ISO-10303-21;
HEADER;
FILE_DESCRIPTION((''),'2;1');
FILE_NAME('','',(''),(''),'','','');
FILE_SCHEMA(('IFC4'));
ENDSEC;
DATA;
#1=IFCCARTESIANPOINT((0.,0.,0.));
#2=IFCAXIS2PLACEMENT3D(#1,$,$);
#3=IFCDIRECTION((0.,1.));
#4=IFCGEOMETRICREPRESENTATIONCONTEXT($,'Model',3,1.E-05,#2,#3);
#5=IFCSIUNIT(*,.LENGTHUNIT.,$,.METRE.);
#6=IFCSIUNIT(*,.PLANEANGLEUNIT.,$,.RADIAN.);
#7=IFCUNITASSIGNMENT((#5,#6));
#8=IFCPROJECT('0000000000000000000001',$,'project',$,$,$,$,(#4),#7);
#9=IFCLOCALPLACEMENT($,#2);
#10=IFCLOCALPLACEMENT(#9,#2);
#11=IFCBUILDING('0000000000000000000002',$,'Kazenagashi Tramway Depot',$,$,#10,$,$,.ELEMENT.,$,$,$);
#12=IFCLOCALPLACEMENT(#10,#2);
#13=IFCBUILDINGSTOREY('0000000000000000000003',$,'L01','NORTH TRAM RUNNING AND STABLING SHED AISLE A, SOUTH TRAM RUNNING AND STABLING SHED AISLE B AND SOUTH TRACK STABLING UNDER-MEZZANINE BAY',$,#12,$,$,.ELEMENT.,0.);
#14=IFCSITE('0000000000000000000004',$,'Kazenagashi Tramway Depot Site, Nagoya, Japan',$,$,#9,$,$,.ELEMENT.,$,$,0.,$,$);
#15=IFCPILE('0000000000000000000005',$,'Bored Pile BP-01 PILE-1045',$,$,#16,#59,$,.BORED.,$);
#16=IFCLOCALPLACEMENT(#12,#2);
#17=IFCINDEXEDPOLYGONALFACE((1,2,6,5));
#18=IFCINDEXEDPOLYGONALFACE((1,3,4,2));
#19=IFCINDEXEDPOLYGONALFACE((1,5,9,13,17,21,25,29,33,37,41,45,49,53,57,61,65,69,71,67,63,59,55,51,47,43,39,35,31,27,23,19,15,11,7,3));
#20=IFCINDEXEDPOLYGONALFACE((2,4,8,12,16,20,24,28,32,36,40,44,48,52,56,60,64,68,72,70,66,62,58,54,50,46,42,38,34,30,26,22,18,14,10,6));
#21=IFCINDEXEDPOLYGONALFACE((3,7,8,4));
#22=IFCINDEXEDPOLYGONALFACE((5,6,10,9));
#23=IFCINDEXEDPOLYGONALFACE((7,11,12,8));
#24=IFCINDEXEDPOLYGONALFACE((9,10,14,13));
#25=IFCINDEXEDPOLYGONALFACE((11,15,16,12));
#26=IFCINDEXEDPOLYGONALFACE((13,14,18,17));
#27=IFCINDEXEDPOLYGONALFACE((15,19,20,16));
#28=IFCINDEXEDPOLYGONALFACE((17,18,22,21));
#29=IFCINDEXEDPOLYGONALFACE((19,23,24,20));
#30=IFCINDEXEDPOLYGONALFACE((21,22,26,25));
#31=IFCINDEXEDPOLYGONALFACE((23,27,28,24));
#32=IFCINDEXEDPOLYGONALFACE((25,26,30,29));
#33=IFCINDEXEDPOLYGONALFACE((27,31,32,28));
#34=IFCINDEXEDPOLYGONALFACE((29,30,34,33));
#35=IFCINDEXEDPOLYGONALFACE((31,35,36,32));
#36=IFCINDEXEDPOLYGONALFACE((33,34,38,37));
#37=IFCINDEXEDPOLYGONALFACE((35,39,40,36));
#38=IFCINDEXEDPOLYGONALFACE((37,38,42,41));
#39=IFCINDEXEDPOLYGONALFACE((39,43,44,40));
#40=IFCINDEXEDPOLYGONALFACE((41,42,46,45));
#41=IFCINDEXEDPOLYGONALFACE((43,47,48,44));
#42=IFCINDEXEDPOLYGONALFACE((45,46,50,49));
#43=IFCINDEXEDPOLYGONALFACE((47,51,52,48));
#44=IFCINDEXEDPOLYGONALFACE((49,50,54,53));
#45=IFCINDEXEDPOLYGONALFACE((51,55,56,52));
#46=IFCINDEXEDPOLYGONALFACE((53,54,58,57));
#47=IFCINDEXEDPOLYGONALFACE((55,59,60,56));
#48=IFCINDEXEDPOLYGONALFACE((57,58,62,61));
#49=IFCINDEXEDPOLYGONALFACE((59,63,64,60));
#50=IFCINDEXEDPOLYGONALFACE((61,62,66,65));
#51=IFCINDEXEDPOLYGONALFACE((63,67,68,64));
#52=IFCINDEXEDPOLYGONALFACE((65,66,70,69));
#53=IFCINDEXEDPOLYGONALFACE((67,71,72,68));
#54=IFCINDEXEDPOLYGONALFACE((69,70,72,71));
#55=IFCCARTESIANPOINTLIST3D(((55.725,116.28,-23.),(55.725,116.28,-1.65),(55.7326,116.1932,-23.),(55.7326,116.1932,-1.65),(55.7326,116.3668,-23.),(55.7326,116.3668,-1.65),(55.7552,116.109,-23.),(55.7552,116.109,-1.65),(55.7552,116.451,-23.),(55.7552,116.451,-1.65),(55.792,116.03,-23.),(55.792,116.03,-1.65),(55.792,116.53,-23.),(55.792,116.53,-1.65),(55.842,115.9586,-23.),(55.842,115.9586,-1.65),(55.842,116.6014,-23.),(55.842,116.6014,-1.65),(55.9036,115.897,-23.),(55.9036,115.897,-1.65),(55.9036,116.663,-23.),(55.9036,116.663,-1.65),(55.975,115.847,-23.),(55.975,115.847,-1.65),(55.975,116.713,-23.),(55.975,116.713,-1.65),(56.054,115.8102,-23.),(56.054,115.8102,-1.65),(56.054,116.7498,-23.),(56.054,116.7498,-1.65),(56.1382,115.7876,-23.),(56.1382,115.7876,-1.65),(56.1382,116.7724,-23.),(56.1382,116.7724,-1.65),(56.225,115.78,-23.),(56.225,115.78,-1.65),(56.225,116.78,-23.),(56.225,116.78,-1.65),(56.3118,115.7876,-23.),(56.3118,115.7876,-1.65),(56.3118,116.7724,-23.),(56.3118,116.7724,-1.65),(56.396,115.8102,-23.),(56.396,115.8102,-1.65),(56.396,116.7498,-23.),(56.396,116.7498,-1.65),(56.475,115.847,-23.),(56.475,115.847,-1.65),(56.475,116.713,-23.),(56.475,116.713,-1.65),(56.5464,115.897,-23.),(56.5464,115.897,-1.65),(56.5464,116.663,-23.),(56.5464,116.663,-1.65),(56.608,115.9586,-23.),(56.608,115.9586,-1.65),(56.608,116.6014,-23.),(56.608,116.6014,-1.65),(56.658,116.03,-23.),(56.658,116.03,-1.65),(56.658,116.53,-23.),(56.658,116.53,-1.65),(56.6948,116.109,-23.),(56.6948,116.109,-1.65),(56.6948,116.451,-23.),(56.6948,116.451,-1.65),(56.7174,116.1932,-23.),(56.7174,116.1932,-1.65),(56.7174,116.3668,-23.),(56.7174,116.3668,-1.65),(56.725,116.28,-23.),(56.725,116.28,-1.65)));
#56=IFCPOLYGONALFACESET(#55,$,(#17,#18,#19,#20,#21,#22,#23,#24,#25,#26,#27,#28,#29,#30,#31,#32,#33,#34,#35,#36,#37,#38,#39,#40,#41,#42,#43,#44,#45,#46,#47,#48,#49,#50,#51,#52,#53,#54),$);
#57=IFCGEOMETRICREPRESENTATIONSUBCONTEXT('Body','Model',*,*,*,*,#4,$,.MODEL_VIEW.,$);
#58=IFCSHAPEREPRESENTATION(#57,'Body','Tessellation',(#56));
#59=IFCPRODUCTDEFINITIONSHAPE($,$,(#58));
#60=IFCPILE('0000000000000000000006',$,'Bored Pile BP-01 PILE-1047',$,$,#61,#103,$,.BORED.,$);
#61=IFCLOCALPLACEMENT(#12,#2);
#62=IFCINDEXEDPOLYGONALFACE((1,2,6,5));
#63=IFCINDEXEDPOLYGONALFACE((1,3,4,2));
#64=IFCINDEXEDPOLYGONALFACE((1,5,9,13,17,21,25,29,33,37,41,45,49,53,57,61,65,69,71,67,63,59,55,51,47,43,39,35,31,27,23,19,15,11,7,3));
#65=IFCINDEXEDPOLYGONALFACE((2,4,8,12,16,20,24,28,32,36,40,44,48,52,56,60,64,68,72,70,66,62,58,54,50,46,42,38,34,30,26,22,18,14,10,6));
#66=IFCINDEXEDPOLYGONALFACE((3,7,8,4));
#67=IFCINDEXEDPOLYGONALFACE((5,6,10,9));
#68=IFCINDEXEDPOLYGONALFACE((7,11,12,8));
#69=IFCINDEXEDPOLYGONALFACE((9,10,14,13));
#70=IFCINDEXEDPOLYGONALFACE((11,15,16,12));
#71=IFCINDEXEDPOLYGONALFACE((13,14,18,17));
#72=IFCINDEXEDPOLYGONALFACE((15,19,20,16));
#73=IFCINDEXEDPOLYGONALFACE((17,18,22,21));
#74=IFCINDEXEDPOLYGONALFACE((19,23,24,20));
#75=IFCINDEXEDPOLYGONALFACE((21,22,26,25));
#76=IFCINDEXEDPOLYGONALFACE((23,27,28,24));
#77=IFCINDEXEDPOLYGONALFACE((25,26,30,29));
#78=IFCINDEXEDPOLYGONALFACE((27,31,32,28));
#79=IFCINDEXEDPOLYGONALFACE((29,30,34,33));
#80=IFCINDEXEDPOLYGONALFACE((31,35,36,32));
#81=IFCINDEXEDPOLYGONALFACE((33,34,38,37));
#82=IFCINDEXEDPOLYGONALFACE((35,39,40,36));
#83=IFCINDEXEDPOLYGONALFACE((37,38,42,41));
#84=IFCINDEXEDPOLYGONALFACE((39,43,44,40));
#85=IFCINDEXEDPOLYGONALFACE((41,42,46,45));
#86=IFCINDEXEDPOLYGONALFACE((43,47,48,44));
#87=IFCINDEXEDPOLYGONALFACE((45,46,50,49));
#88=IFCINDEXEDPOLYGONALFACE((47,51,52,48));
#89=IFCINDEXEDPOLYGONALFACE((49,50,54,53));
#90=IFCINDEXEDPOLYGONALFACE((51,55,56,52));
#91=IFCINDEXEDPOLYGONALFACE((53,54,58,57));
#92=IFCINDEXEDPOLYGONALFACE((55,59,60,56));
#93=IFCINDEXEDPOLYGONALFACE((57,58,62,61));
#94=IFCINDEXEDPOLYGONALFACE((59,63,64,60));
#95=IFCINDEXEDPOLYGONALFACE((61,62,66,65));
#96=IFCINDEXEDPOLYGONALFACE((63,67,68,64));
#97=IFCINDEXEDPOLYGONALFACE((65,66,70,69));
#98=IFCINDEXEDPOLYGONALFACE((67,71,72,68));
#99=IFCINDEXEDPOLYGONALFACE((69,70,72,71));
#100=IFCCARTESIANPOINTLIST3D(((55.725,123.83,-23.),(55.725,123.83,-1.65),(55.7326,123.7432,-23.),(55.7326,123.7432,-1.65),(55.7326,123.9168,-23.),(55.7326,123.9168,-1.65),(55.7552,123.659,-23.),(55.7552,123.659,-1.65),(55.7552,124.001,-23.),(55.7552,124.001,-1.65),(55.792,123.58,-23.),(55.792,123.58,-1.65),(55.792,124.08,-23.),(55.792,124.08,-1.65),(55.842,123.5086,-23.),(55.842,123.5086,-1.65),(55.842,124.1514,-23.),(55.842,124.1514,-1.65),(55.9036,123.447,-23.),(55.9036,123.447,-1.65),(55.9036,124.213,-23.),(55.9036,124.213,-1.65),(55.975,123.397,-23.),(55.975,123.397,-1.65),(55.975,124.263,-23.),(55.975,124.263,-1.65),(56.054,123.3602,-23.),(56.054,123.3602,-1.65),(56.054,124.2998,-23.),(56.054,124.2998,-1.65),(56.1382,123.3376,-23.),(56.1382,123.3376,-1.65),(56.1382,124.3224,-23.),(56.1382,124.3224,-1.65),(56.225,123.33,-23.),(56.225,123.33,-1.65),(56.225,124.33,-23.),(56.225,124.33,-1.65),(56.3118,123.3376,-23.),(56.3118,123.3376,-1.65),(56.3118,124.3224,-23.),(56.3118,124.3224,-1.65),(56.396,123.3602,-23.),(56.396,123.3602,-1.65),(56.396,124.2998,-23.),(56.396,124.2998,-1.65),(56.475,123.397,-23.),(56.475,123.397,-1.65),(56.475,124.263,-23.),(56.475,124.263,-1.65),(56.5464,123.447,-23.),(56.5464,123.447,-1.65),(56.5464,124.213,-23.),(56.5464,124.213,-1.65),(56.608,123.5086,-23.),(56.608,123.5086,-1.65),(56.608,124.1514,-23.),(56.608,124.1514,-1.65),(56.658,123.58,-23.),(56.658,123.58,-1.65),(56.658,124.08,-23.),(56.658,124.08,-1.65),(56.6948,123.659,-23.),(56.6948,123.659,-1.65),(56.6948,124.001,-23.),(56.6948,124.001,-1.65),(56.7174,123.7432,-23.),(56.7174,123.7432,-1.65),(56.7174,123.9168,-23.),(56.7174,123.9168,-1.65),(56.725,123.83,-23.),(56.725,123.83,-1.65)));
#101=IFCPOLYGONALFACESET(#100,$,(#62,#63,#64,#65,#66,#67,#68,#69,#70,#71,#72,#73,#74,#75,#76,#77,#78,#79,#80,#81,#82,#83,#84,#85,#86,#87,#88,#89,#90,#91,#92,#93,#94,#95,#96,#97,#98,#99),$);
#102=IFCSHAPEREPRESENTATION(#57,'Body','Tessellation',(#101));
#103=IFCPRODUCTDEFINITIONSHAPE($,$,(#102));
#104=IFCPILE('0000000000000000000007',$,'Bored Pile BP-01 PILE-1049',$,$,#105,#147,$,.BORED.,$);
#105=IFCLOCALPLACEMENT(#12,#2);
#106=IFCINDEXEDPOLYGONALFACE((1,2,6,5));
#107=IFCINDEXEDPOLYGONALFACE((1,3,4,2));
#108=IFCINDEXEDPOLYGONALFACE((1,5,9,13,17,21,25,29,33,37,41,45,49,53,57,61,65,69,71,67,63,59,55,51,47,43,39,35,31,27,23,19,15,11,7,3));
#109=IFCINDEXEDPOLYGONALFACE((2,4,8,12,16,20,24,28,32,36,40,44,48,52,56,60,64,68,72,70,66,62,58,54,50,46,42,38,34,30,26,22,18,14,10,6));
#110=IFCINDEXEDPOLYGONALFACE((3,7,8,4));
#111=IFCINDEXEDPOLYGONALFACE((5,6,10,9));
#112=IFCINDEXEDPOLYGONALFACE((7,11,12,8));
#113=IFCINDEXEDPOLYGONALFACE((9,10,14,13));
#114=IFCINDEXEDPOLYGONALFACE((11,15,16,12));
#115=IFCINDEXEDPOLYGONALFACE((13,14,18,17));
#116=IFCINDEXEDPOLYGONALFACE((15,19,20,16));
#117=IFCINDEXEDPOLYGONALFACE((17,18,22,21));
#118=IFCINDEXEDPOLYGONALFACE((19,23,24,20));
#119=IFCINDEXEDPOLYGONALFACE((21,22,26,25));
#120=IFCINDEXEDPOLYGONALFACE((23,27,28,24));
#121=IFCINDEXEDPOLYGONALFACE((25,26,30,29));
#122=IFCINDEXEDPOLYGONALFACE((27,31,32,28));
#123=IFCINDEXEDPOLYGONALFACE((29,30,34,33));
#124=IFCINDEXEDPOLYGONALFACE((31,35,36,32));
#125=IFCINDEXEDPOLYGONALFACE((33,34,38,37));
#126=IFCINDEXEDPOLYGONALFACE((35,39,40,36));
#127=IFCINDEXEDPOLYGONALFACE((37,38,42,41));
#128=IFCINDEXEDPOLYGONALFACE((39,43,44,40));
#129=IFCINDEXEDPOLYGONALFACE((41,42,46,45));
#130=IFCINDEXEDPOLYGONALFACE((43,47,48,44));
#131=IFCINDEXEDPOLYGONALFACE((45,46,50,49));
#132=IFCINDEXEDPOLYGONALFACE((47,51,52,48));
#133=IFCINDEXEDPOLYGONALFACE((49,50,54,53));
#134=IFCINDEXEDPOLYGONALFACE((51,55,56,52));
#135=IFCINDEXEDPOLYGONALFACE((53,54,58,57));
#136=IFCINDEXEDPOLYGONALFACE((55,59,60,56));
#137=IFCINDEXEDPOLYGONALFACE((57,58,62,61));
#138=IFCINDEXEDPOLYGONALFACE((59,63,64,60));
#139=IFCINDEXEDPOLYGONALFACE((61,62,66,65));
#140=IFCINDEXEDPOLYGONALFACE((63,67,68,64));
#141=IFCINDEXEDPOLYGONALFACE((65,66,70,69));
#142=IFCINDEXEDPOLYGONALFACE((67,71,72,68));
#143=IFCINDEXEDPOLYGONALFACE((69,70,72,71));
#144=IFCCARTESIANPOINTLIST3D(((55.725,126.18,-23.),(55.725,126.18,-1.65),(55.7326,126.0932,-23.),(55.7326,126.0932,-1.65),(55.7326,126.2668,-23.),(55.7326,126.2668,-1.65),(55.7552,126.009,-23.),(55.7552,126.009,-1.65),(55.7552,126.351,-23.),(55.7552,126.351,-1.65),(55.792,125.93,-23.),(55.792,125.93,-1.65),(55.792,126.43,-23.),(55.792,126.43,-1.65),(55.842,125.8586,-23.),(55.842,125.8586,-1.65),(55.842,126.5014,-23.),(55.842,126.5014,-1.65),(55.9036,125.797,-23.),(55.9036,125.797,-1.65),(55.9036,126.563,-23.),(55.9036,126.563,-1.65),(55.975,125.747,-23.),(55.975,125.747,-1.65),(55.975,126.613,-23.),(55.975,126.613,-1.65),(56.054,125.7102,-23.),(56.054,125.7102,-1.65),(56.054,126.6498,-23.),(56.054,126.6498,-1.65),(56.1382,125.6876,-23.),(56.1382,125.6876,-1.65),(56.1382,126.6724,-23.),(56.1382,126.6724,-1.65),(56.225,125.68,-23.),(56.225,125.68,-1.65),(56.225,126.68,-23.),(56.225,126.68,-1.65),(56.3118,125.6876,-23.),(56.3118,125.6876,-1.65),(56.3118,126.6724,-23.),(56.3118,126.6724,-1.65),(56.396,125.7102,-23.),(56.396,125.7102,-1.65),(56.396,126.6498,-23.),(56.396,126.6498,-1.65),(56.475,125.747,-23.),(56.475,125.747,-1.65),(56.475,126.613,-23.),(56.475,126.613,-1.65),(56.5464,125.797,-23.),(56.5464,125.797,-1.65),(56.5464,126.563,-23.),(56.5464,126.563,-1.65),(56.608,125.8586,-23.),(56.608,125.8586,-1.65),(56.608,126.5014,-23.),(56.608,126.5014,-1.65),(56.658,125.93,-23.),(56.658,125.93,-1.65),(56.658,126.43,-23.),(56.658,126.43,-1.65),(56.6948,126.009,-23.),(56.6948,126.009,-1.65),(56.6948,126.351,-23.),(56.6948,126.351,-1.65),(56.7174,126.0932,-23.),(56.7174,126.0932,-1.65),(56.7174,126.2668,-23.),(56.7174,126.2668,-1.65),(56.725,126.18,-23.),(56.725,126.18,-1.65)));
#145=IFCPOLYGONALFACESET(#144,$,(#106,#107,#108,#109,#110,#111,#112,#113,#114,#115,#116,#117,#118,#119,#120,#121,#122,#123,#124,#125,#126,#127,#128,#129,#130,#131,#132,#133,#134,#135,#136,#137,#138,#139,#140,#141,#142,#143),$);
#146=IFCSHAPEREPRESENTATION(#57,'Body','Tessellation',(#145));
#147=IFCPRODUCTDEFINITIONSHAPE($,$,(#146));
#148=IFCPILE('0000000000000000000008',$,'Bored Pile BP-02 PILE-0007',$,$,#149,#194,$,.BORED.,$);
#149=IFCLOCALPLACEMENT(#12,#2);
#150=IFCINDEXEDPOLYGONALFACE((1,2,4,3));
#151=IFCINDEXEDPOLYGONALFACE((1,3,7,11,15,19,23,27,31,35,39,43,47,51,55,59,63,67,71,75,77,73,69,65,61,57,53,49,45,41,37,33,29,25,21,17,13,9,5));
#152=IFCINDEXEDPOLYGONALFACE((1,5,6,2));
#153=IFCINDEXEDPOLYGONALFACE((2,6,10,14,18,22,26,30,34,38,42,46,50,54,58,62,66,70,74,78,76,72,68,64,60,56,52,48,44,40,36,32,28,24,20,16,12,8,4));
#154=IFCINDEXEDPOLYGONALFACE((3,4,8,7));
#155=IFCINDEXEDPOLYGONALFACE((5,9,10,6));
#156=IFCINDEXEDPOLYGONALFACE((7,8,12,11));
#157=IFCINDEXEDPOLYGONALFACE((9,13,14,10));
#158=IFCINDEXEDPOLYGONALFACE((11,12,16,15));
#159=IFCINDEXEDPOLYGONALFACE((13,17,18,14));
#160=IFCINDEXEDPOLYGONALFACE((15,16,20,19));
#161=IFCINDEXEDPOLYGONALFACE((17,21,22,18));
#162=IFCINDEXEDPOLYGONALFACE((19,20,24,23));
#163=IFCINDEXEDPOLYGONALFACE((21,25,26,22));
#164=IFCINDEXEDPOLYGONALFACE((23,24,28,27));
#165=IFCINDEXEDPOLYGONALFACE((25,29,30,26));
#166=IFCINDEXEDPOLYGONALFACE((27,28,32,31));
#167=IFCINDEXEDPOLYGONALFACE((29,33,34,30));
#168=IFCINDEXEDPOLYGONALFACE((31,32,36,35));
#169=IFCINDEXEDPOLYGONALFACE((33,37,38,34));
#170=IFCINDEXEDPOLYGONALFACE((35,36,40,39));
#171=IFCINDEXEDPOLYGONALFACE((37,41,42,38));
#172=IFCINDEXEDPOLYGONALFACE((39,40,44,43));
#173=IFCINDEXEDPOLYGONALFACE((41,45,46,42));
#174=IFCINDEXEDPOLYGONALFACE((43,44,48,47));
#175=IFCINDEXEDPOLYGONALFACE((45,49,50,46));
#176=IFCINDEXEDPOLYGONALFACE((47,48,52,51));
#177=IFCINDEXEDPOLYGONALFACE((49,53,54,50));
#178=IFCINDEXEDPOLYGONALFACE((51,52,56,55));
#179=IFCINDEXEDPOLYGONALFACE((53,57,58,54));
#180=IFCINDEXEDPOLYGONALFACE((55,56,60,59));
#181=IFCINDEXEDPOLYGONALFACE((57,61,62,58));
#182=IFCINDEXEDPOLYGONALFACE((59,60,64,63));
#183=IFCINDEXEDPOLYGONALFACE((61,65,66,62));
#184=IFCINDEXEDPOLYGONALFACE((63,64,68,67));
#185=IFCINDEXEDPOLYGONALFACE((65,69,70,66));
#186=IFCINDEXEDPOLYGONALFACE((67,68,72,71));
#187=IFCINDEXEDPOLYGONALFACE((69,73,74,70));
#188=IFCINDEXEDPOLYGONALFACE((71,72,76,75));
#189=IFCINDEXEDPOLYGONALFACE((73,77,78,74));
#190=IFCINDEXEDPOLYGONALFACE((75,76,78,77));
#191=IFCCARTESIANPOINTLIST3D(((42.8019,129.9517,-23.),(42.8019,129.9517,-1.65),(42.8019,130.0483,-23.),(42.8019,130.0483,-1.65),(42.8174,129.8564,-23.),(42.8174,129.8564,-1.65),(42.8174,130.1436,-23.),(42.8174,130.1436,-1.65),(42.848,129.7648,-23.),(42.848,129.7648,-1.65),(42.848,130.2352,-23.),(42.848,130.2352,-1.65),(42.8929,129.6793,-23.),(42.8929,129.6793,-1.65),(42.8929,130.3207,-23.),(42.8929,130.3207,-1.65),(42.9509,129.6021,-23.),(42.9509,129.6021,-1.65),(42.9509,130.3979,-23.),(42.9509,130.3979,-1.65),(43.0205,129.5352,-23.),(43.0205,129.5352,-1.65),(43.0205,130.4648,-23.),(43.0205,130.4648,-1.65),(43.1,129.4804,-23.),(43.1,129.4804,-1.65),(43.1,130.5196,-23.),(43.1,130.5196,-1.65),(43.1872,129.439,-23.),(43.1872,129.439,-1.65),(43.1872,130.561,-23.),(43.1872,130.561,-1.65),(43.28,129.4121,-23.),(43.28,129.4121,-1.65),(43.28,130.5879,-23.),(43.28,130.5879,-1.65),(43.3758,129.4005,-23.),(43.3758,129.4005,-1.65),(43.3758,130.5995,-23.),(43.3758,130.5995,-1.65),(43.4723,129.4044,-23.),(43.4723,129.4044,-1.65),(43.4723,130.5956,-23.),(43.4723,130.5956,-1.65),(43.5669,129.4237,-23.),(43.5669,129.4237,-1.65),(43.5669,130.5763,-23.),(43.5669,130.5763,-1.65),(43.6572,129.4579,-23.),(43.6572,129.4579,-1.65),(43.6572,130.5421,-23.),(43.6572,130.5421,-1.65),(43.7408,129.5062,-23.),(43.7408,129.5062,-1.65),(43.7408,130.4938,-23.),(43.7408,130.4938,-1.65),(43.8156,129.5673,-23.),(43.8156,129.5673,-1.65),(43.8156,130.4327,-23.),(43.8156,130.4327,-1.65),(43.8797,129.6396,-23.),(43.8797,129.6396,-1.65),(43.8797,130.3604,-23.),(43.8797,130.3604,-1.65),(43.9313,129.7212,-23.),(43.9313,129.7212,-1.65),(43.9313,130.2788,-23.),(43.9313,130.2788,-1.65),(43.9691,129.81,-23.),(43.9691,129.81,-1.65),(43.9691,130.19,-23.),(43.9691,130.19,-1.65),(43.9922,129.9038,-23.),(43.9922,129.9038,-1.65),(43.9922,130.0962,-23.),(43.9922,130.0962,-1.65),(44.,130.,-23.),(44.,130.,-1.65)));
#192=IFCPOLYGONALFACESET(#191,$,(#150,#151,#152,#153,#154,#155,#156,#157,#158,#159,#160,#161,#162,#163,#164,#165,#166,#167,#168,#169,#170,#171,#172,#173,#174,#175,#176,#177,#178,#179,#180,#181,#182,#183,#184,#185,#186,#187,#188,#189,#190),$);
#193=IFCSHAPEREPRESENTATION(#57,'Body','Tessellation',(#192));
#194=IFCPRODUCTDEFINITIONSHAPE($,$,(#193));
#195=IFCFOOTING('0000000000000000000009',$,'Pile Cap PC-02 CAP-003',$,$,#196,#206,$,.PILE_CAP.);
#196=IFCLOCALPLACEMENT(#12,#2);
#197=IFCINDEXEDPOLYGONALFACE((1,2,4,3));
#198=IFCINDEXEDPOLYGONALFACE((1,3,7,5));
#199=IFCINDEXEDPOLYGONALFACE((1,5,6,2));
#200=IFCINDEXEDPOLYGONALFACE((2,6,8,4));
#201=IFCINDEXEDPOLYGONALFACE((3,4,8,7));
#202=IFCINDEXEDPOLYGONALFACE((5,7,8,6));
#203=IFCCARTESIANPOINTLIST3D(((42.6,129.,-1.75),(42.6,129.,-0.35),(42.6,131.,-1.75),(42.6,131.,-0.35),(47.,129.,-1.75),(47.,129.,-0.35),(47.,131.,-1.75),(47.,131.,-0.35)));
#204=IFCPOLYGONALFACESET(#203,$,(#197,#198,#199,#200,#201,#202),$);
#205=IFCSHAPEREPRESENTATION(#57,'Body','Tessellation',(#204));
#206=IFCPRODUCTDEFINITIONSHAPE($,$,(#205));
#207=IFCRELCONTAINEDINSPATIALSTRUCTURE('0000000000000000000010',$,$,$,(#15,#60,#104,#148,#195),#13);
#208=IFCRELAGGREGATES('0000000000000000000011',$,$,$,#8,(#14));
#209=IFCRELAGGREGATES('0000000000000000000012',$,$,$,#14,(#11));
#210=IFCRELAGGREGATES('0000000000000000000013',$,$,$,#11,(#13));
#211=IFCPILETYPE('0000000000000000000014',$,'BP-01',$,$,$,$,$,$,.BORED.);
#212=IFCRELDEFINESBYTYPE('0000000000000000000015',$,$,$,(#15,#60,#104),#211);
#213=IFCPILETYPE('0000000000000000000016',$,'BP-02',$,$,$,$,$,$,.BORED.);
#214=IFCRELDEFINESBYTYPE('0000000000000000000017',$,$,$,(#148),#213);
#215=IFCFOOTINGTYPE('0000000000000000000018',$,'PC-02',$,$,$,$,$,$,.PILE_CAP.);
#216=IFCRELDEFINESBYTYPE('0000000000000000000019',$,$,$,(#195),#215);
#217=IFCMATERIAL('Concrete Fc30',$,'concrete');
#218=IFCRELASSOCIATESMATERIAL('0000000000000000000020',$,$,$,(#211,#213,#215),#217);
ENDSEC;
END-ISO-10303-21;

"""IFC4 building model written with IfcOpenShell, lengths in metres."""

from ifc_helpers import new_model, si_unit, direction, frame, origin, origin_2d, place, context, subcontext, project, spatial, rectangle, circle, extrude, material, material_profile, profile_set, type_object, element, save


model = new_model("IFC4")

# Units and contexts
model_context = context("Model", 3, precision=1e-05, world=origin(), true_north=direction((0.0, 1.0)))
body_context = subcontext(model_context, "Body", "Model", "MODEL_VIEW")
ifc_project = project(units=[si_unit("LENGTHUNIT", "METRE"), si_unit("PLANEANGLEUNIT", "RADIAN")], contexts=[model_context])

# Site, building, storey
site_placement = place(None, origin())
site = spatial("IfcSite", under=ifc_project, at=site_placement, Name="Kazenagashi Tramway Depot Site, Nagoya, Japan", CompositionType="ELEMENT", RefElevation=0.0)
building_placement = place(site_placement, origin())
building = spatial("IfcBuilding", under=site, at=building_placement, Name="Kazenagashi Tramway Depot", CompositionType="ELEMENT")
storey_placement = place(building_placement, origin())
storey = spatial("IfcBuildingStorey", under=building, at=storey_placement, Name="L01", Description="NORTH TRAM RUNNING AND STABLING SHED AISLE A, SOUTH TRAM RUNNING AND STABLING SHED AISLE B AND SOUTH TRACK STABLING UNDER-MEZZANINE BAY", CompositionType="ELEMENT", Elevation=0.0)

# Piles
ifc_material_1 = material(Name="Concrete Fc30", Category="concrete")
ifc_material_profile_1 = material_profile(ifc_material_1, circle(Radius=0.5, at=origin_2d()), Name="PILE-1000")
ifc_profile_set_1 = profile_set([ifc_material_profile_1], Name="Concrete Fc30")
pile_type_1 = type_object("IfcPileType", Name="BP-01", PredefinedType="BORED", material=ifc_profile_set_1)
for number, where, z_axis, x_axis, name in (
    (1, (56.225, 116.28, -1.65), (0.0, 0.0, -1.0), (1.0, 0.0, 0.0), "Bored Pile BP-01 PILE-1045"),
    (2, (56.225, 123.83, -1.65), (0.0, 0.0, -1.0), (1.0, 0.0, 0.0), "Bored Pile BP-01 PILE-1047"),
    (3, (56.225, 126.18, -1.65), (0.0, 0.0, -1.0), (1.0, 0.0, 0.0), "Bored Pile BP-01 PILE-1049"),
):
    element("IfcPile", number, at=place(storey_placement, frame(where, z_axis=z_axis, x_axis=x_axis)), inside=storey, type_object=pile_type_1, Name=name, PredefinedType="BORED", context=body_context, shape_type="SweptSolid", body=[
        extrude(circle(Radius=0.5, at=origin_2d()), origin(), (0.0, 0.0, 1.0), 21.35),
    ])
ifc_material_profile_2 = material_profile(ifc_material_1, circle(Radius=0.6, at=origin_2d()), Name="PILE-1200")
ifc_profile_set_2 = profile_set([ifc_material_profile_2], Name="Concrete Fc30")
pile_type_2 = type_object("IfcPileType", Name="BP-02", PredefinedType="BORED", material=ifc_profile_set_2)
pile_placement = place(storey_placement, frame((43.4, 130.0, -1.65), z_axis=(0.0, 0.0, -1.0), x_axis=(1.0, 0.0, 0.0)))
element("IfcPile", 4, at=pile_placement, inside=storey, type_object=pile_type_2, Name="Bored Pile BP-02 PILE-0007", PredefinedType="BORED", context=body_context, shape_type="SweptSolid", body=[
    extrude(circle(Radius=0.6, at=origin_2d()), origin(), (0.0, 0.0, 1.0), 21.35),
])

# Footing
footing_type_1 = type_object("IfcFootingType", Name="PC-02", PredefinedType="PILE_CAP", material=ifc_material_1)
footing_placement = place(storey_placement, frame((44.8, 130.0, -1.75), z_axis=(0.0, 0.0, 1.0), x_axis=(1.0, 0.0, 0.0)))
element("IfcFooting", 5, at=footing_placement, inside=storey, type_object=footing_type_1, Name="Pile Cap PC-02 CAP-003", PredefinedType="PILE_CAP", context=body_context, shape_type="SweptSolid", body=[
    extrude(rectangle(XDim=4.4, YDim=2.0, at=origin_2d()), origin(), (0.0, 0.0, 1.0), 1.4),
])

save(model, "model.ifc")
